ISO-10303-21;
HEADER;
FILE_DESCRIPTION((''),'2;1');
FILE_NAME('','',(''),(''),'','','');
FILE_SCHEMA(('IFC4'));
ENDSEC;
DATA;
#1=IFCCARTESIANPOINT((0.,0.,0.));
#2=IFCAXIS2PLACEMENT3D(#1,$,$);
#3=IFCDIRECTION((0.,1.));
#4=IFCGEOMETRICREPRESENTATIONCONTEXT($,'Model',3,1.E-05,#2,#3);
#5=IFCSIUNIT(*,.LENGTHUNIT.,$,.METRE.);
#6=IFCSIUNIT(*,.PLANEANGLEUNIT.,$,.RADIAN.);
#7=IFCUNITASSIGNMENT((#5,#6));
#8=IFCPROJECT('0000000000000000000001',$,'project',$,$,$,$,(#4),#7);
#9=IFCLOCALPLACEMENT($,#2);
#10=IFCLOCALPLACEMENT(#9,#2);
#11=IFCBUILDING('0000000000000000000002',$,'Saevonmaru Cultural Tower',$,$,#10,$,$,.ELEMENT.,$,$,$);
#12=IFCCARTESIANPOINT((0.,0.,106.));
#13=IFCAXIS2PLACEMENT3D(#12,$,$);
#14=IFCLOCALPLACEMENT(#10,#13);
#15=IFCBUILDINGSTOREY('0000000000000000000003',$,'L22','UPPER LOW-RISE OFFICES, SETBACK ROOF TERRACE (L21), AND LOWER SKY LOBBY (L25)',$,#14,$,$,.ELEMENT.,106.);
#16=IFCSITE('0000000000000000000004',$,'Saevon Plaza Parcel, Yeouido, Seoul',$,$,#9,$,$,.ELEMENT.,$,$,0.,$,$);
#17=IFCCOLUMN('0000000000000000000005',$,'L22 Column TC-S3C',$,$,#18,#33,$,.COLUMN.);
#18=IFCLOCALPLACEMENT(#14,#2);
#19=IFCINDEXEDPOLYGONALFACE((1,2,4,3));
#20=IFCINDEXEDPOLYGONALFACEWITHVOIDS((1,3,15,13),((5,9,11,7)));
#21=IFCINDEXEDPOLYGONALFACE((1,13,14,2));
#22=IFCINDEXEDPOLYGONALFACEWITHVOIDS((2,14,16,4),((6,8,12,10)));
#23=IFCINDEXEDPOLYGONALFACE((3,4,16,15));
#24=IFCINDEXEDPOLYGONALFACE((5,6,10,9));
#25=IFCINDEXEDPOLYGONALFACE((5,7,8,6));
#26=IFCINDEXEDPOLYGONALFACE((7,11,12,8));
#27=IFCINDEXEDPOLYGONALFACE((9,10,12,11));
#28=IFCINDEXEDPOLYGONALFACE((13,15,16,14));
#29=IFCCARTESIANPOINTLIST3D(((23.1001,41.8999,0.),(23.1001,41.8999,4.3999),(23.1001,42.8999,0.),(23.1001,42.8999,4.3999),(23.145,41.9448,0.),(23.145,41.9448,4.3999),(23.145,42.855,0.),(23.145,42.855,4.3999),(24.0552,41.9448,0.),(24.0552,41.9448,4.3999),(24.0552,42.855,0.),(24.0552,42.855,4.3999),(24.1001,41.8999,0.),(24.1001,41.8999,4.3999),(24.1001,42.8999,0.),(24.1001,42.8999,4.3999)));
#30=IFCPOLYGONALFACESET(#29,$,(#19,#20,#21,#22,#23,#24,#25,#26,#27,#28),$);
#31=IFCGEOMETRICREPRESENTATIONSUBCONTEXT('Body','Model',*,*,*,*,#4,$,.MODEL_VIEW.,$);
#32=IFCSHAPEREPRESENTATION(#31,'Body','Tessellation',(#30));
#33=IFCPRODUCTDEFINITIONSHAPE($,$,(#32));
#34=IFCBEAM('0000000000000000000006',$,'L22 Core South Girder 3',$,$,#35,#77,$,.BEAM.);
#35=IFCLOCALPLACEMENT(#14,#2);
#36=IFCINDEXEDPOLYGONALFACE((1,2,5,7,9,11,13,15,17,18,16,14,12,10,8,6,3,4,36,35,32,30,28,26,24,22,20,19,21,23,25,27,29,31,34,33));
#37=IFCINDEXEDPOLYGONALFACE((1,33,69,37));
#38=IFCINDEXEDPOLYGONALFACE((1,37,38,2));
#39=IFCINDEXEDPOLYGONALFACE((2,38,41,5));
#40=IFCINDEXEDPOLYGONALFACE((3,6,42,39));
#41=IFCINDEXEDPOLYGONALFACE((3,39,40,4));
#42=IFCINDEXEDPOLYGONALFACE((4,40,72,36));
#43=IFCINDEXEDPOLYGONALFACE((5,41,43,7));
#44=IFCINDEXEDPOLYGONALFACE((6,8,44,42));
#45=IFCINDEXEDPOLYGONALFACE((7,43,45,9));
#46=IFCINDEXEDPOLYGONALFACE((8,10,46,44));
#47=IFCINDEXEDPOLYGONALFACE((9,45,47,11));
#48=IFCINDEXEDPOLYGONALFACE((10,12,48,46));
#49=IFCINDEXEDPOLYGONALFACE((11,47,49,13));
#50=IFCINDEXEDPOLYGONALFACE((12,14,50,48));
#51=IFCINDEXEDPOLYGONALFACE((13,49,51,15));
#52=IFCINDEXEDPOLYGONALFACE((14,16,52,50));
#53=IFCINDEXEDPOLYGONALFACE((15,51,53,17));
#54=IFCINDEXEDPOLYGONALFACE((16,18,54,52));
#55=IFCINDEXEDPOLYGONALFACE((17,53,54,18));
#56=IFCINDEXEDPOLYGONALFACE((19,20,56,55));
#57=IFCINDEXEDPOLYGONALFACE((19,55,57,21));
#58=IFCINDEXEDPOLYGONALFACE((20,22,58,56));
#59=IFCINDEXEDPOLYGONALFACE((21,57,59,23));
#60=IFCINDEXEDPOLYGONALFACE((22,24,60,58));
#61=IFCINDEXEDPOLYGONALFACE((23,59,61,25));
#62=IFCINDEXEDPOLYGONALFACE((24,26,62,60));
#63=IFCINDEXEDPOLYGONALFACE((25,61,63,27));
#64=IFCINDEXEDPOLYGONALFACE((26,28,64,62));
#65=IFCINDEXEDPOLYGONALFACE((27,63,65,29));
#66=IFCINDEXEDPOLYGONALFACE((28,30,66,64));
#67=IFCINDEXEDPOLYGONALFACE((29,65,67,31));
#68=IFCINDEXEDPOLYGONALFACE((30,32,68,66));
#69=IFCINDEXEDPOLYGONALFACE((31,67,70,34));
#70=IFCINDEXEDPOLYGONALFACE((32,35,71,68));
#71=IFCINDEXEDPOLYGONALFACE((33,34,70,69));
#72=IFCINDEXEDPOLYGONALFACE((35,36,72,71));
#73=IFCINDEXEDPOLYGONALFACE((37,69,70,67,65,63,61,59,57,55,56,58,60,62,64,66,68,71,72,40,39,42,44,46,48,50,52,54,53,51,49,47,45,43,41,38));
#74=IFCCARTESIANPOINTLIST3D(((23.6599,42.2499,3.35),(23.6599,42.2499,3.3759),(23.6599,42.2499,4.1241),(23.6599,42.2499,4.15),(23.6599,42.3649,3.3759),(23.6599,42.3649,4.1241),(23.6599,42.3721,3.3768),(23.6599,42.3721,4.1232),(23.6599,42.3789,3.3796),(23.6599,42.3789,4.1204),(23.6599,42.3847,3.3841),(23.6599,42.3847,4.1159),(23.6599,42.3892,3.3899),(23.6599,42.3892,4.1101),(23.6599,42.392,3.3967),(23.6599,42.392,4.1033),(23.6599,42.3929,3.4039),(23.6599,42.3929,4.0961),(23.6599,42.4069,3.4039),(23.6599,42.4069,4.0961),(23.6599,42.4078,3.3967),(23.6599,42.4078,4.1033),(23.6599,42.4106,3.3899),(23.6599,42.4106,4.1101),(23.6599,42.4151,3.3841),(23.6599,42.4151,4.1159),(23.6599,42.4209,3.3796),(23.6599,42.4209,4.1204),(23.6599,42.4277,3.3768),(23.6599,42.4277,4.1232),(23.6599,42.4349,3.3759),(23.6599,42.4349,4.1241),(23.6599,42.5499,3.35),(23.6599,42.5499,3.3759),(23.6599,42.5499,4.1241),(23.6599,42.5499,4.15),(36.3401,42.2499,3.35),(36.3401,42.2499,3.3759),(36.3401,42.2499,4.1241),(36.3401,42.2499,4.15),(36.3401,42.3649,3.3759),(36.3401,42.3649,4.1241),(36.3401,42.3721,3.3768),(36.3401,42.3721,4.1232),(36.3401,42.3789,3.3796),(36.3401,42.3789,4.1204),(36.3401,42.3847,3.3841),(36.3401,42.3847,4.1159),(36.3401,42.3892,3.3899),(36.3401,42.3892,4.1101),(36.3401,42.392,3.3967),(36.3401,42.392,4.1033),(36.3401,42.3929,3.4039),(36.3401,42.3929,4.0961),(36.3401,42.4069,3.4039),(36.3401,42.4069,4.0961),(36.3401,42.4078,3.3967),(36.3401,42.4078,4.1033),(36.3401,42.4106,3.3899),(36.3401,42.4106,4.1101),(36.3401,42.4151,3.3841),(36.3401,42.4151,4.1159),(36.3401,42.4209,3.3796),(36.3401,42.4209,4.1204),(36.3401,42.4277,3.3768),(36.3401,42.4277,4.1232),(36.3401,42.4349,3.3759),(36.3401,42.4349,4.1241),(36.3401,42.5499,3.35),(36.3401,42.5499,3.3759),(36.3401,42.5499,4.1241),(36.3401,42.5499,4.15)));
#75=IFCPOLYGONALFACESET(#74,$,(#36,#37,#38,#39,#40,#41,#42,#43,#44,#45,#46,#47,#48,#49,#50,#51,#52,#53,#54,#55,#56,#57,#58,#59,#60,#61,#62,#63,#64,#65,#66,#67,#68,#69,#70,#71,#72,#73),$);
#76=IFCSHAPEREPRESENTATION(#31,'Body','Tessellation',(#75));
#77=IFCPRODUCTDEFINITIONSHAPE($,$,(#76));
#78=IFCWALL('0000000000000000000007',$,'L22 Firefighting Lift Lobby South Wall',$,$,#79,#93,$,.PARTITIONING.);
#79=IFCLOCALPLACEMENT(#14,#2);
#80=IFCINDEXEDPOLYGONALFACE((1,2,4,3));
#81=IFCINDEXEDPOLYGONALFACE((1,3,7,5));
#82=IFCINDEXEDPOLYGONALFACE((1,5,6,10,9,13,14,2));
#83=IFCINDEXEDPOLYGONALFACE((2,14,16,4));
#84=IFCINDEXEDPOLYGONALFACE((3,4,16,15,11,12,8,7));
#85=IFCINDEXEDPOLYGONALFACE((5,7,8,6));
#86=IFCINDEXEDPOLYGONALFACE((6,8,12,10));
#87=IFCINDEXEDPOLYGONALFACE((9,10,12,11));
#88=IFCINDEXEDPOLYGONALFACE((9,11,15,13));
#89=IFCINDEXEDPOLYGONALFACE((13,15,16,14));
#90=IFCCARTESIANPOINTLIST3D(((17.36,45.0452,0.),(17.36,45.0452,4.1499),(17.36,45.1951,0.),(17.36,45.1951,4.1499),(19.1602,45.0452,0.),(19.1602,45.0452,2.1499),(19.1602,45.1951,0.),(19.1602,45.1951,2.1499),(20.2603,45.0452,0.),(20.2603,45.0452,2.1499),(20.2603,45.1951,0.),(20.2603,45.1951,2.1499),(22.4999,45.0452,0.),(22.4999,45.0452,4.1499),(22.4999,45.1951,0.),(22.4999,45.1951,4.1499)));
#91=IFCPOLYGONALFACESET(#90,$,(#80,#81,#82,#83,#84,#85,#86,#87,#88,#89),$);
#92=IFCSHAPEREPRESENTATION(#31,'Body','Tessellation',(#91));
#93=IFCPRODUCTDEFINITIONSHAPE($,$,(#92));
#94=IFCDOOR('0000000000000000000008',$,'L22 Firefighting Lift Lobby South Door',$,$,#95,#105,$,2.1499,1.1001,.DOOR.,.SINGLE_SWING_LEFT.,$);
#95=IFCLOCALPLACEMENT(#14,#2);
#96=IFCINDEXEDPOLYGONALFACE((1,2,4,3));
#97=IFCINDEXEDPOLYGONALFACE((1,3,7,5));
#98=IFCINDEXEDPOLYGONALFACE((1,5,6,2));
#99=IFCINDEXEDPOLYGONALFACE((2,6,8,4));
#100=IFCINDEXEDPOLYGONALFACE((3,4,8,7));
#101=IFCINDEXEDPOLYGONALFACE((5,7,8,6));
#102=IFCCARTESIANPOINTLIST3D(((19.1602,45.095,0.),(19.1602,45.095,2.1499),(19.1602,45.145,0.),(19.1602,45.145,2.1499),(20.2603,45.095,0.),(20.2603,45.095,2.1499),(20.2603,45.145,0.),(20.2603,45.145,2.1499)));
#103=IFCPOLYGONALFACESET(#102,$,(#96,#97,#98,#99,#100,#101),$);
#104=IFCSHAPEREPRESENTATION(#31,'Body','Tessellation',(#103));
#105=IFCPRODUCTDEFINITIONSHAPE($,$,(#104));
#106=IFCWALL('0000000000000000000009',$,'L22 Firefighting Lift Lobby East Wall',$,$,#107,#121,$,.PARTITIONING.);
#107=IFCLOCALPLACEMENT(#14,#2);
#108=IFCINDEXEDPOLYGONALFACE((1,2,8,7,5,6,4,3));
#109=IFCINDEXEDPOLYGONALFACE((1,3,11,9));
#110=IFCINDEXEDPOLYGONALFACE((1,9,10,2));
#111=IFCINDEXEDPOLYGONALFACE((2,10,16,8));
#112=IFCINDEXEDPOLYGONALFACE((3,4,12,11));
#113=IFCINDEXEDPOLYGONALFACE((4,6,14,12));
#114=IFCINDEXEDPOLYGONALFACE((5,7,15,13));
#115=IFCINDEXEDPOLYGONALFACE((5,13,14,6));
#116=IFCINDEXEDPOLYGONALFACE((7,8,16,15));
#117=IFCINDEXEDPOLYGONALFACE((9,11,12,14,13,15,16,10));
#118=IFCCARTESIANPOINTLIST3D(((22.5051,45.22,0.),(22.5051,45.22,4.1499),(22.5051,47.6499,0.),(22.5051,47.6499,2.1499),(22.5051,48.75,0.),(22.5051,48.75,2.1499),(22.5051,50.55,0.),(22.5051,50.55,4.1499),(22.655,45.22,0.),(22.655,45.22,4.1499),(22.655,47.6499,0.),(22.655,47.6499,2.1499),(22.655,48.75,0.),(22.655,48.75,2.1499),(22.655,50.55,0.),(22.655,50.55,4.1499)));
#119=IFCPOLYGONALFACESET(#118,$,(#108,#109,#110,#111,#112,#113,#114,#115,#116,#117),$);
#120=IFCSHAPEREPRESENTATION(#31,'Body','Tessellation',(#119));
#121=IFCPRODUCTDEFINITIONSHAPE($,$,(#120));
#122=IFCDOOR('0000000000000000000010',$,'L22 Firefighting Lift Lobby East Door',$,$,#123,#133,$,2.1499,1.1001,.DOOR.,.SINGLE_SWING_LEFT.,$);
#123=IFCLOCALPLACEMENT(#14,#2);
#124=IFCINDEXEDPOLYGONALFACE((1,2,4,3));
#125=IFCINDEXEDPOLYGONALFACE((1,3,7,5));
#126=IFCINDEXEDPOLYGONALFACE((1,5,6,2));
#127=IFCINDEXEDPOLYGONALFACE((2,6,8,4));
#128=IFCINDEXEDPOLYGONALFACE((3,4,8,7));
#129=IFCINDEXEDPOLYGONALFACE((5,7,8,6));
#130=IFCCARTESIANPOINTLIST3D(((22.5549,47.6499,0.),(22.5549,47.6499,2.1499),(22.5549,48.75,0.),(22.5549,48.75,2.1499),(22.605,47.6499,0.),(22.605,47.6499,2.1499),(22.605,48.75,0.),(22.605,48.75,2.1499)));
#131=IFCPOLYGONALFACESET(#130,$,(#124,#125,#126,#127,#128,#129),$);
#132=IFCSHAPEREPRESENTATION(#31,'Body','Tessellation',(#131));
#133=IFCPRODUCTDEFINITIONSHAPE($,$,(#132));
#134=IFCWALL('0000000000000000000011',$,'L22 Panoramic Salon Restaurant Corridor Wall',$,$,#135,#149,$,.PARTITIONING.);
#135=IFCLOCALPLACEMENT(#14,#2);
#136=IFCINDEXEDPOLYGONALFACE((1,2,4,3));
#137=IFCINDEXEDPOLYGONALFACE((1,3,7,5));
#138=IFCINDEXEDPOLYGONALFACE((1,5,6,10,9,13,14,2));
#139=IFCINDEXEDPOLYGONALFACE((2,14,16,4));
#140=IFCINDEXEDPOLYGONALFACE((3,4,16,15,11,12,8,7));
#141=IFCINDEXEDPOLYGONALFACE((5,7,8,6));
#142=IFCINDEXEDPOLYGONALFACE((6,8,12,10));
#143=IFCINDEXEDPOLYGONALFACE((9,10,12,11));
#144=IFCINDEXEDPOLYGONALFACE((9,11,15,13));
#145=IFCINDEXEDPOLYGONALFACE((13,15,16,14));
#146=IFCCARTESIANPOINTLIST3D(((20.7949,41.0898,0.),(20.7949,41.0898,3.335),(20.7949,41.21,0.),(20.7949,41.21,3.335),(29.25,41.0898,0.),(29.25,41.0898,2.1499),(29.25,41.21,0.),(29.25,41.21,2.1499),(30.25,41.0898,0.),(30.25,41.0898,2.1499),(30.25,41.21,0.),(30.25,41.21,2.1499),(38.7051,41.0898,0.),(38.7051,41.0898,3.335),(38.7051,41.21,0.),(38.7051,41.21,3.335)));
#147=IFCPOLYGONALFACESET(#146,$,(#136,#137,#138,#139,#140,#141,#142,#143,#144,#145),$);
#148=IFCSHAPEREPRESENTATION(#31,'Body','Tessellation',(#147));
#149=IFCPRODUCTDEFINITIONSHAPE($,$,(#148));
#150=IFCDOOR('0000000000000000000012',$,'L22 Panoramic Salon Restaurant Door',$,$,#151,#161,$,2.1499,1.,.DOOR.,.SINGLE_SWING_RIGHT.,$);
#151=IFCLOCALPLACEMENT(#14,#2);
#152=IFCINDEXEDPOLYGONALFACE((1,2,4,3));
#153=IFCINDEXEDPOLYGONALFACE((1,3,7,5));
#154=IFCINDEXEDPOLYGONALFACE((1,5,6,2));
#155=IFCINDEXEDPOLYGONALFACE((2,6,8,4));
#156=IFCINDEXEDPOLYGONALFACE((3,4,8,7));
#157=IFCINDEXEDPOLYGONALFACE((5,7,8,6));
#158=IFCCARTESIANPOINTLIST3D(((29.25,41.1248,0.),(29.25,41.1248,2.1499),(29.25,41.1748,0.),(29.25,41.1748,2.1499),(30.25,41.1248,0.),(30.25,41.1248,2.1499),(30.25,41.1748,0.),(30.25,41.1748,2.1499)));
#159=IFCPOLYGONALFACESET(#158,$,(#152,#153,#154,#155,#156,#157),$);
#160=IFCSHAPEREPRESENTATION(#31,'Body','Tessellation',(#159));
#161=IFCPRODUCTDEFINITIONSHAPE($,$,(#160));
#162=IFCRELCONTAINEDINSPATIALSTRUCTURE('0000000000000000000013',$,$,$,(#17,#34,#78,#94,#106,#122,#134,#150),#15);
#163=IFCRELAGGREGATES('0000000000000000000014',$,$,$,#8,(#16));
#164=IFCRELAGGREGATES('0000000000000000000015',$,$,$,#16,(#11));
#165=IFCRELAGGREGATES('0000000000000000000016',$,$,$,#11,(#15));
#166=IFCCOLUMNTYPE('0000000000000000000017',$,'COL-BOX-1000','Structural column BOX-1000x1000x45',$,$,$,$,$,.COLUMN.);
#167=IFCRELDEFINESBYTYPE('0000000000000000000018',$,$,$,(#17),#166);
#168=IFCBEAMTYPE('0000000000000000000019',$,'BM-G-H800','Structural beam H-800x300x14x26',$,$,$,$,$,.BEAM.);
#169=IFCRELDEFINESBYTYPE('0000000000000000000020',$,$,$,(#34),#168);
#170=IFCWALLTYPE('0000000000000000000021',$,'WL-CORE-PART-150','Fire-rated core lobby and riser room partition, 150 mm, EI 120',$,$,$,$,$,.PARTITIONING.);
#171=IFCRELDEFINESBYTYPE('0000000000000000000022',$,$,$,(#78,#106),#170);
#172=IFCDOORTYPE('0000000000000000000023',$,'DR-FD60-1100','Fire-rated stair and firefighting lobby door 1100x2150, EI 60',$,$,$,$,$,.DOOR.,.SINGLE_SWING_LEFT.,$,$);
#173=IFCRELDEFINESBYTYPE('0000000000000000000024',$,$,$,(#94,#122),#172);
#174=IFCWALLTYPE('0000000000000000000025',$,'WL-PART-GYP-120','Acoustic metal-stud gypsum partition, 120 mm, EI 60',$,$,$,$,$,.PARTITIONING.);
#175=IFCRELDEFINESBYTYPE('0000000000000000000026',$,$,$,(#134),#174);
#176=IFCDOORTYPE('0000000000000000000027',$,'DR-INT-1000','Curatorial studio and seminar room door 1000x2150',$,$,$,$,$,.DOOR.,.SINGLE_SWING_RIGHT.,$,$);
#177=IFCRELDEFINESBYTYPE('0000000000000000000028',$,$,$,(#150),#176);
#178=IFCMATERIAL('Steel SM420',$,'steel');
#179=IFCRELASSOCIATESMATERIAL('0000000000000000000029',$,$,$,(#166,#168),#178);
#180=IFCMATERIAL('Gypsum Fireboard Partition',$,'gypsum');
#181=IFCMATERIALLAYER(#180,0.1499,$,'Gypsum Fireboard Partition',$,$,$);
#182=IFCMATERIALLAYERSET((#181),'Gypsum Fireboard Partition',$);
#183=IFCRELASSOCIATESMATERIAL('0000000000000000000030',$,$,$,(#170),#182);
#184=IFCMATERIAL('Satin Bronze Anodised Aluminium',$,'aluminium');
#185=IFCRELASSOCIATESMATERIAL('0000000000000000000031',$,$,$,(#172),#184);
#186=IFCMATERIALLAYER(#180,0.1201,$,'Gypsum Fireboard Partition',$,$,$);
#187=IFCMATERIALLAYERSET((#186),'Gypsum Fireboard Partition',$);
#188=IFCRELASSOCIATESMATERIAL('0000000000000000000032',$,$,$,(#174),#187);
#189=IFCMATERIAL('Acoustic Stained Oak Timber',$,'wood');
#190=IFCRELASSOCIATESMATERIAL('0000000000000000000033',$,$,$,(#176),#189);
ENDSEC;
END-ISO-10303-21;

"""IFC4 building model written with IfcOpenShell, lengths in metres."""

from ifc_helpers import new_model, si_unit, direction, frame, frame_2d, origin, origin_2d, place, context, subcontext, project, spatial, rectangle, hollow_rectangle, i_section, extrude, material, layer, layer_set, material_profile, profile_set, type_object, element, fill, save


model = new_model("IFC4")

# Units and contexts
model_context = context("Model", 3, precision=1e-05, world=origin(), true_north=direction((0.0, 1.0)))
body_context = subcontext(model_context, "Body", "Model", "MODEL_VIEW")
ifc_project = project(units=[si_unit("LENGTHUNIT", "METRE"), si_unit("PLANEANGLEUNIT", "RADIAN")], contexts=[model_context])

# Site, building, storey
site_placement = place(None, origin())
site = spatial("IfcSite", under=ifc_project, at=site_placement, Name="Saevon Plaza Parcel, Yeouido, Seoul", CompositionType="ELEMENT", RefElevation=0.0)
building_placement = place(site_placement, origin())
building = spatial("IfcBuilding", under=site, at=building_placement, Name="Saevonmaru Cultural Tower", CompositionType="ELEMENT")
storey_placement = place(building_placement, frame((0.0, 0.0, 106.0)))
storey = spatial("IfcBuildingStorey", under=building, at=storey_placement, Name="L22", Description="UPPER LOW-RISE OFFICES, SETBACK ROOF TERRACE (L21), AND LOWER SKY LOBBY (L25)", CompositionType="ELEMENT", Elevation=106.0)

# Column
ifc_material_1 = material(Name="Steel SM420", Category="steel")
ifc_material_profile_1 = material_profile(ifc_material_1, hollow_rectangle(XDim=1.0, YDim=1.0, WallThickness=0.0449, at=origin_2d()), Name="BOX-1000x1000x45")
ifc_profile_set_1 = profile_set([ifc_material_profile_1], Name="Steel SM420")
column_type = type_object("IfcColumnType", Name="COL-BOX-1000", Description="Structural column BOX-1000x1000x45", PredefinedType="COLUMN", material=ifc_profile_set_1)
column_placement = place(storey_placement, frame((23.6001, 42.3999, 0.0), z_axis=(0.0, 0.0, 1.0), x_axis=(1.0, 0.0, 0.0)))
element("IfcColumn", 1, at=column_placement, inside=storey, type_object=column_type, Name="L22 Column TC-S3C", PredefinedType="COLUMN", context=body_context, shape_type="SweptSolid", body=[
    extrude(hollow_rectangle(XDim=1.0, YDim=1.0, WallThickness=0.0449, at=origin_2d()), origin(), (0.0, 0.0, 1.0), 4.3999),
])

# Beam
ifc_material_profile_2 = material_profile(ifc_material_1, i_section(OverallWidth=0.3, OverallDepth=0.8, WebThickness=0.0139, FlangeThickness=0.0259, FilletRadius=0.0281, at=origin_2d()), Name="H-800x300x14x26")
ifc_profile_set_2 = profile_set([ifc_material_profile_2], Name="Steel SM420")
beam_type = type_object("IfcBeamType", Name="BM-G-H800", Description="Structural beam H-800x300x14x26", PredefinedType="BEAM", material=ifc_profile_set_2)
beam_placement = place(storey_placement, frame((23.6599, 42.3999, 3.75), z_axis=(1.0, 0.0, 0.0), x_axis=(0.0, 1.0, 0.0)))
element("IfcBeam", 2, at=beam_placement, inside=storey, type_object=beam_type, Name="L22 Core South Girder 3", PredefinedType="BEAM", context=body_context, shape_type="SweptSolid", body=[
    extrude(i_section(OverallWidth=0.3, OverallDepth=0.8, WebThickness=0.0139, FlangeThickness=0.0259, FilletRadius=0.0281, at=origin_2d()), origin(), (0.0, 0.0, 1.0), 12.6802),
])

# Walls, openings, doors
ifc_material_2 = material(Name="Gypsum Fireboard Partition", Category="gypsum")
ifc_layer_1 = layer(ifc_material_2, 0.1499, Name="Gypsum Fireboard Partition")
ifc_layer_set_1 = layer_set([ifc_layer_1], Name="Gypsum Fireboard Partition")
wall_type_1 = type_object("IfcWallType", Name="WL-CORE-PART-150", Description="Fire-rated core lobby and riser room partition, 150 mm, EI 120", PredefinedType="PARTITIONING", material=ifc_layer_set_1)
wall_1_placement = place(storey_placement, frame((17.3601, 45.1201, 0.0), z_axis=(0.0, 0.0, 1.0), x_axis=(1.0, 0.0, 0.0)))
wall_1 = element("IfcWall", 3, at=wall_1_placement, inside=storey, type_object=wall_type_1, Name="L22 Firefighting Lift Lobby South Wall", PredefinedType="PARTITIONING", context=body_context, shape_type="SweptSolid", body=[
    extrude(rectangle(XDim=5.1399, YDim=0.1499, at=frame_2d((2.5698, 0.0))), origin(), (0.0, 0.0, 1.0), 4.1499),
])
opening_1_placement = place(wall_1_placement, frame((1.8, 0.0, 0.0)))
opening_1 = element("IfcOpeningElement", 4, at=opening_1_placement, cuts=wall_1, PredefinedType="OPENING", context=body_context, shape_type="SweptSolid", body=[
    extrude(rectangle(XDim=1.1001, YDim=2.1499, at=frame_2d((0.55, 1.075))), frame((0.0, 0.085, 0.0), z_axis=(0.0, -1.0, 0.0), x_axis=(1.0, 0.0, 0.0)), (0.0, 0.0, 1.0), 0.1699),
])
ifc_material_3 = material(Name="Satin Bronze Anodised Aluminium", Category="aluminium")
door_type_1 = type_object("IfcDoorType", Name="DR-FD60-1100", Description="Fire-rated stair and firefighting lobby door 1100x2150, EI 60", OperationType="SINGLE_SWING_LEFT", PredefinedType="DOOR", material=ifc_material_3)
door_1_placement = place(opening_1_placement, origin())
door_1 = element("IfcDoor", 5, at=door_1_placement, inside=storey, type_object=door_type_1, Name="L22 Firefighting Lift Lobby South Door", OperationType="SINGLE_SWING_LEFT", OverallHeight=2.1499, OverallWidth=1.1001, PredefinedType="DOOR", context=body_context, shape_type="SweptSolid", body=[
    extrude(rectangle(XDim=1.1001, YDim=2.1499, at=frame_2d((0.55, 1.075))), frame((0.0, 0.0249, 0.0), z_axis=(0.0, -1.0, 0.0), x_axis=(1.0, 0.0, 0.0)), (0.0, 0.0, 1.0), 0.05),
])
fill(opening_1, door_1)
wall_2_placement = place(storey_placement, frame((22.5801, 50.55, 0.0), z_axis=(0.0, 0.0, 1.0), x_axis=(0.0, -1.0, 0.0)))
wall_2 = element("IfcWall", 6, at=wall_2_placement, inside=storey, type_object=wall_type_1, Name="L22 Firefighting Lift Lobby East Wall", PredefinedType="PARTITIONING", context=body_context, shape_type="SweptSolid", body=[
    extrude(rectangle(XDim=5.3301, YDim=0.1499, at=frame_2d((2.665, 0.0))), origin(), (0.0, 0.0, 1.0), 4.1499),
])
opening_2_placement = place(wall_2_placement, frame((1.8, 0.0, 0.0)))
opening_2 = element("IfcOpeningElement", 7, at=opening_2_placement, cuts=wall_2, PredefinedType="OPENING", context=body_context, shape_type="SweptSolid", body=[
    extrude(rectangle(XDim=1.1001, YDim=2.1499, at=frame_2d((0.55, 1.075))), frame((0.0, 0.085, 0.0), z_axis=(0.0, -1.0, 0.0), x_axis=(1.0, 0.0, 0.0)), (0.0, 0.0, 1.0), 0.1699),
])
door_2_placement = place(opening_2_placement, origin())
door_2 = element("IfcDoor", 8, at=door_2_placement, inside=storey, type_object=door_type_1, Name="L22 Firefighting Lift Lobby East Door", OperationType="SINGLE_SWING_LEFT", OverallHeight=2.1499, OverallWidth=1.1001, PredefinedType="DOOR", context=body_context, shape_type="SweptSolid", body=[
    extrude(rectangle(XDim=1.1001, YDim=2.1499, at=frame_2d((0.55, 1.075))), frame((0.0, 0.0249, 0.0), z_axis=(0.0, -1.0, 0.0), x_axis=(1.0, 0.0, 0.0)), (0.0, 0.0, 1.0), 0.05),
])
fill(opening_2, door_2)
ifc_layer_2 = layer(ifc_material_2, 0.1201, Name="Gypsum Fireboard Partition")
ifc_layer_set_2 = layer_set([ifc_layer_2], Name="Gypsum Fireboard Partition")
wall_type_2 = type_object("IfcWallType", Name="WL-PART-GYP-120", Description="Acoustic metal-stud gypsum partition, 120 mm, EI 60", PredefinedType="PARTITIONING", material=ifc_layer_set_2)
wall_3_placement = place(storey_placement, frame((20.7949, 41.1499, 0.0), z_axis=(0.0, 0.0, 1.0), x_axis=(1.0, 0.0, 0.0)))
wall_3 = element("IfcWall", 9, at=wall_3_placement, inside=storey, type_object=wall_type_2, Name="L22 Panoramic Salon Restaurant Corridor Wall", PredefinedType="PARTITIONING", context=body_context, shape_type="SweptSolid", body=[
    extrude(rectangle(XDim=17.9102, YDim=0.1201, at=frame_2d((8.9551, 0.0))), origin(), (0.0, 0.0, 1.0), 3.335),
])
opening_3_placement = place(wall_3_placement, frame((8.4551, 0.0, 0.0)))
opening_3 = element("IfcOpeningElement", 10, at=opening_3_placement, cuts=wall_3, PredefinedType="OPENING", context=body_context, shape_type="SweptSolid", body=[
    extrude(rectangle(XDim=1.0, YDim=2.1499, at=frame_2d((0.5, 1.075))), frame((0.0, 0.0701, 0.0), z_axis=(0.0, -1.0, 0.0), x_axis=(1.0, 0.0, 0.0)), (0.0, 0.0, 1.0), 0.1401),
])
ifc_material_4 = material(Name="Acoustic Stained Oak Timber", Category="wood")
door_type_2 = type_object("IfcDoorType", Name="DR-INT-1000", Description="Curatorial studio and seminar room door 1000x2150", OperationType="SINGLE_SWING_RIGHT", PredefinedType="DOOR", material=ifc_material_4)
door_3_placement = place(opening_3_placement, origin())
door_3 = element("IfcDoor", 11, at=door_3_placement, inside=storey, type_object=door_type_2, Name="L22 Panoramic Salon Restaurant Door", OperationType="SINGLE_SWING_RIGHT", OverallHeight=2.1499, OverallWidth=1.0, PredefinedType="DOOR", context=body_context, shape_type="SweptSolid", body=[
    extrude(rectangle(XDim=1.0, YDim=2.1499, at=frame_2d((0.5, 1.075))), frame((0.0, 0.0249, 0.0), z_axis=(0.0, -1.0, 0.0), x_axis=(1.0, 0.0, 0.0)), (0.0, 0.0, 1.0), 0.05),
])
fill(opening_3, door_3)

save(model, "model.ifc")
